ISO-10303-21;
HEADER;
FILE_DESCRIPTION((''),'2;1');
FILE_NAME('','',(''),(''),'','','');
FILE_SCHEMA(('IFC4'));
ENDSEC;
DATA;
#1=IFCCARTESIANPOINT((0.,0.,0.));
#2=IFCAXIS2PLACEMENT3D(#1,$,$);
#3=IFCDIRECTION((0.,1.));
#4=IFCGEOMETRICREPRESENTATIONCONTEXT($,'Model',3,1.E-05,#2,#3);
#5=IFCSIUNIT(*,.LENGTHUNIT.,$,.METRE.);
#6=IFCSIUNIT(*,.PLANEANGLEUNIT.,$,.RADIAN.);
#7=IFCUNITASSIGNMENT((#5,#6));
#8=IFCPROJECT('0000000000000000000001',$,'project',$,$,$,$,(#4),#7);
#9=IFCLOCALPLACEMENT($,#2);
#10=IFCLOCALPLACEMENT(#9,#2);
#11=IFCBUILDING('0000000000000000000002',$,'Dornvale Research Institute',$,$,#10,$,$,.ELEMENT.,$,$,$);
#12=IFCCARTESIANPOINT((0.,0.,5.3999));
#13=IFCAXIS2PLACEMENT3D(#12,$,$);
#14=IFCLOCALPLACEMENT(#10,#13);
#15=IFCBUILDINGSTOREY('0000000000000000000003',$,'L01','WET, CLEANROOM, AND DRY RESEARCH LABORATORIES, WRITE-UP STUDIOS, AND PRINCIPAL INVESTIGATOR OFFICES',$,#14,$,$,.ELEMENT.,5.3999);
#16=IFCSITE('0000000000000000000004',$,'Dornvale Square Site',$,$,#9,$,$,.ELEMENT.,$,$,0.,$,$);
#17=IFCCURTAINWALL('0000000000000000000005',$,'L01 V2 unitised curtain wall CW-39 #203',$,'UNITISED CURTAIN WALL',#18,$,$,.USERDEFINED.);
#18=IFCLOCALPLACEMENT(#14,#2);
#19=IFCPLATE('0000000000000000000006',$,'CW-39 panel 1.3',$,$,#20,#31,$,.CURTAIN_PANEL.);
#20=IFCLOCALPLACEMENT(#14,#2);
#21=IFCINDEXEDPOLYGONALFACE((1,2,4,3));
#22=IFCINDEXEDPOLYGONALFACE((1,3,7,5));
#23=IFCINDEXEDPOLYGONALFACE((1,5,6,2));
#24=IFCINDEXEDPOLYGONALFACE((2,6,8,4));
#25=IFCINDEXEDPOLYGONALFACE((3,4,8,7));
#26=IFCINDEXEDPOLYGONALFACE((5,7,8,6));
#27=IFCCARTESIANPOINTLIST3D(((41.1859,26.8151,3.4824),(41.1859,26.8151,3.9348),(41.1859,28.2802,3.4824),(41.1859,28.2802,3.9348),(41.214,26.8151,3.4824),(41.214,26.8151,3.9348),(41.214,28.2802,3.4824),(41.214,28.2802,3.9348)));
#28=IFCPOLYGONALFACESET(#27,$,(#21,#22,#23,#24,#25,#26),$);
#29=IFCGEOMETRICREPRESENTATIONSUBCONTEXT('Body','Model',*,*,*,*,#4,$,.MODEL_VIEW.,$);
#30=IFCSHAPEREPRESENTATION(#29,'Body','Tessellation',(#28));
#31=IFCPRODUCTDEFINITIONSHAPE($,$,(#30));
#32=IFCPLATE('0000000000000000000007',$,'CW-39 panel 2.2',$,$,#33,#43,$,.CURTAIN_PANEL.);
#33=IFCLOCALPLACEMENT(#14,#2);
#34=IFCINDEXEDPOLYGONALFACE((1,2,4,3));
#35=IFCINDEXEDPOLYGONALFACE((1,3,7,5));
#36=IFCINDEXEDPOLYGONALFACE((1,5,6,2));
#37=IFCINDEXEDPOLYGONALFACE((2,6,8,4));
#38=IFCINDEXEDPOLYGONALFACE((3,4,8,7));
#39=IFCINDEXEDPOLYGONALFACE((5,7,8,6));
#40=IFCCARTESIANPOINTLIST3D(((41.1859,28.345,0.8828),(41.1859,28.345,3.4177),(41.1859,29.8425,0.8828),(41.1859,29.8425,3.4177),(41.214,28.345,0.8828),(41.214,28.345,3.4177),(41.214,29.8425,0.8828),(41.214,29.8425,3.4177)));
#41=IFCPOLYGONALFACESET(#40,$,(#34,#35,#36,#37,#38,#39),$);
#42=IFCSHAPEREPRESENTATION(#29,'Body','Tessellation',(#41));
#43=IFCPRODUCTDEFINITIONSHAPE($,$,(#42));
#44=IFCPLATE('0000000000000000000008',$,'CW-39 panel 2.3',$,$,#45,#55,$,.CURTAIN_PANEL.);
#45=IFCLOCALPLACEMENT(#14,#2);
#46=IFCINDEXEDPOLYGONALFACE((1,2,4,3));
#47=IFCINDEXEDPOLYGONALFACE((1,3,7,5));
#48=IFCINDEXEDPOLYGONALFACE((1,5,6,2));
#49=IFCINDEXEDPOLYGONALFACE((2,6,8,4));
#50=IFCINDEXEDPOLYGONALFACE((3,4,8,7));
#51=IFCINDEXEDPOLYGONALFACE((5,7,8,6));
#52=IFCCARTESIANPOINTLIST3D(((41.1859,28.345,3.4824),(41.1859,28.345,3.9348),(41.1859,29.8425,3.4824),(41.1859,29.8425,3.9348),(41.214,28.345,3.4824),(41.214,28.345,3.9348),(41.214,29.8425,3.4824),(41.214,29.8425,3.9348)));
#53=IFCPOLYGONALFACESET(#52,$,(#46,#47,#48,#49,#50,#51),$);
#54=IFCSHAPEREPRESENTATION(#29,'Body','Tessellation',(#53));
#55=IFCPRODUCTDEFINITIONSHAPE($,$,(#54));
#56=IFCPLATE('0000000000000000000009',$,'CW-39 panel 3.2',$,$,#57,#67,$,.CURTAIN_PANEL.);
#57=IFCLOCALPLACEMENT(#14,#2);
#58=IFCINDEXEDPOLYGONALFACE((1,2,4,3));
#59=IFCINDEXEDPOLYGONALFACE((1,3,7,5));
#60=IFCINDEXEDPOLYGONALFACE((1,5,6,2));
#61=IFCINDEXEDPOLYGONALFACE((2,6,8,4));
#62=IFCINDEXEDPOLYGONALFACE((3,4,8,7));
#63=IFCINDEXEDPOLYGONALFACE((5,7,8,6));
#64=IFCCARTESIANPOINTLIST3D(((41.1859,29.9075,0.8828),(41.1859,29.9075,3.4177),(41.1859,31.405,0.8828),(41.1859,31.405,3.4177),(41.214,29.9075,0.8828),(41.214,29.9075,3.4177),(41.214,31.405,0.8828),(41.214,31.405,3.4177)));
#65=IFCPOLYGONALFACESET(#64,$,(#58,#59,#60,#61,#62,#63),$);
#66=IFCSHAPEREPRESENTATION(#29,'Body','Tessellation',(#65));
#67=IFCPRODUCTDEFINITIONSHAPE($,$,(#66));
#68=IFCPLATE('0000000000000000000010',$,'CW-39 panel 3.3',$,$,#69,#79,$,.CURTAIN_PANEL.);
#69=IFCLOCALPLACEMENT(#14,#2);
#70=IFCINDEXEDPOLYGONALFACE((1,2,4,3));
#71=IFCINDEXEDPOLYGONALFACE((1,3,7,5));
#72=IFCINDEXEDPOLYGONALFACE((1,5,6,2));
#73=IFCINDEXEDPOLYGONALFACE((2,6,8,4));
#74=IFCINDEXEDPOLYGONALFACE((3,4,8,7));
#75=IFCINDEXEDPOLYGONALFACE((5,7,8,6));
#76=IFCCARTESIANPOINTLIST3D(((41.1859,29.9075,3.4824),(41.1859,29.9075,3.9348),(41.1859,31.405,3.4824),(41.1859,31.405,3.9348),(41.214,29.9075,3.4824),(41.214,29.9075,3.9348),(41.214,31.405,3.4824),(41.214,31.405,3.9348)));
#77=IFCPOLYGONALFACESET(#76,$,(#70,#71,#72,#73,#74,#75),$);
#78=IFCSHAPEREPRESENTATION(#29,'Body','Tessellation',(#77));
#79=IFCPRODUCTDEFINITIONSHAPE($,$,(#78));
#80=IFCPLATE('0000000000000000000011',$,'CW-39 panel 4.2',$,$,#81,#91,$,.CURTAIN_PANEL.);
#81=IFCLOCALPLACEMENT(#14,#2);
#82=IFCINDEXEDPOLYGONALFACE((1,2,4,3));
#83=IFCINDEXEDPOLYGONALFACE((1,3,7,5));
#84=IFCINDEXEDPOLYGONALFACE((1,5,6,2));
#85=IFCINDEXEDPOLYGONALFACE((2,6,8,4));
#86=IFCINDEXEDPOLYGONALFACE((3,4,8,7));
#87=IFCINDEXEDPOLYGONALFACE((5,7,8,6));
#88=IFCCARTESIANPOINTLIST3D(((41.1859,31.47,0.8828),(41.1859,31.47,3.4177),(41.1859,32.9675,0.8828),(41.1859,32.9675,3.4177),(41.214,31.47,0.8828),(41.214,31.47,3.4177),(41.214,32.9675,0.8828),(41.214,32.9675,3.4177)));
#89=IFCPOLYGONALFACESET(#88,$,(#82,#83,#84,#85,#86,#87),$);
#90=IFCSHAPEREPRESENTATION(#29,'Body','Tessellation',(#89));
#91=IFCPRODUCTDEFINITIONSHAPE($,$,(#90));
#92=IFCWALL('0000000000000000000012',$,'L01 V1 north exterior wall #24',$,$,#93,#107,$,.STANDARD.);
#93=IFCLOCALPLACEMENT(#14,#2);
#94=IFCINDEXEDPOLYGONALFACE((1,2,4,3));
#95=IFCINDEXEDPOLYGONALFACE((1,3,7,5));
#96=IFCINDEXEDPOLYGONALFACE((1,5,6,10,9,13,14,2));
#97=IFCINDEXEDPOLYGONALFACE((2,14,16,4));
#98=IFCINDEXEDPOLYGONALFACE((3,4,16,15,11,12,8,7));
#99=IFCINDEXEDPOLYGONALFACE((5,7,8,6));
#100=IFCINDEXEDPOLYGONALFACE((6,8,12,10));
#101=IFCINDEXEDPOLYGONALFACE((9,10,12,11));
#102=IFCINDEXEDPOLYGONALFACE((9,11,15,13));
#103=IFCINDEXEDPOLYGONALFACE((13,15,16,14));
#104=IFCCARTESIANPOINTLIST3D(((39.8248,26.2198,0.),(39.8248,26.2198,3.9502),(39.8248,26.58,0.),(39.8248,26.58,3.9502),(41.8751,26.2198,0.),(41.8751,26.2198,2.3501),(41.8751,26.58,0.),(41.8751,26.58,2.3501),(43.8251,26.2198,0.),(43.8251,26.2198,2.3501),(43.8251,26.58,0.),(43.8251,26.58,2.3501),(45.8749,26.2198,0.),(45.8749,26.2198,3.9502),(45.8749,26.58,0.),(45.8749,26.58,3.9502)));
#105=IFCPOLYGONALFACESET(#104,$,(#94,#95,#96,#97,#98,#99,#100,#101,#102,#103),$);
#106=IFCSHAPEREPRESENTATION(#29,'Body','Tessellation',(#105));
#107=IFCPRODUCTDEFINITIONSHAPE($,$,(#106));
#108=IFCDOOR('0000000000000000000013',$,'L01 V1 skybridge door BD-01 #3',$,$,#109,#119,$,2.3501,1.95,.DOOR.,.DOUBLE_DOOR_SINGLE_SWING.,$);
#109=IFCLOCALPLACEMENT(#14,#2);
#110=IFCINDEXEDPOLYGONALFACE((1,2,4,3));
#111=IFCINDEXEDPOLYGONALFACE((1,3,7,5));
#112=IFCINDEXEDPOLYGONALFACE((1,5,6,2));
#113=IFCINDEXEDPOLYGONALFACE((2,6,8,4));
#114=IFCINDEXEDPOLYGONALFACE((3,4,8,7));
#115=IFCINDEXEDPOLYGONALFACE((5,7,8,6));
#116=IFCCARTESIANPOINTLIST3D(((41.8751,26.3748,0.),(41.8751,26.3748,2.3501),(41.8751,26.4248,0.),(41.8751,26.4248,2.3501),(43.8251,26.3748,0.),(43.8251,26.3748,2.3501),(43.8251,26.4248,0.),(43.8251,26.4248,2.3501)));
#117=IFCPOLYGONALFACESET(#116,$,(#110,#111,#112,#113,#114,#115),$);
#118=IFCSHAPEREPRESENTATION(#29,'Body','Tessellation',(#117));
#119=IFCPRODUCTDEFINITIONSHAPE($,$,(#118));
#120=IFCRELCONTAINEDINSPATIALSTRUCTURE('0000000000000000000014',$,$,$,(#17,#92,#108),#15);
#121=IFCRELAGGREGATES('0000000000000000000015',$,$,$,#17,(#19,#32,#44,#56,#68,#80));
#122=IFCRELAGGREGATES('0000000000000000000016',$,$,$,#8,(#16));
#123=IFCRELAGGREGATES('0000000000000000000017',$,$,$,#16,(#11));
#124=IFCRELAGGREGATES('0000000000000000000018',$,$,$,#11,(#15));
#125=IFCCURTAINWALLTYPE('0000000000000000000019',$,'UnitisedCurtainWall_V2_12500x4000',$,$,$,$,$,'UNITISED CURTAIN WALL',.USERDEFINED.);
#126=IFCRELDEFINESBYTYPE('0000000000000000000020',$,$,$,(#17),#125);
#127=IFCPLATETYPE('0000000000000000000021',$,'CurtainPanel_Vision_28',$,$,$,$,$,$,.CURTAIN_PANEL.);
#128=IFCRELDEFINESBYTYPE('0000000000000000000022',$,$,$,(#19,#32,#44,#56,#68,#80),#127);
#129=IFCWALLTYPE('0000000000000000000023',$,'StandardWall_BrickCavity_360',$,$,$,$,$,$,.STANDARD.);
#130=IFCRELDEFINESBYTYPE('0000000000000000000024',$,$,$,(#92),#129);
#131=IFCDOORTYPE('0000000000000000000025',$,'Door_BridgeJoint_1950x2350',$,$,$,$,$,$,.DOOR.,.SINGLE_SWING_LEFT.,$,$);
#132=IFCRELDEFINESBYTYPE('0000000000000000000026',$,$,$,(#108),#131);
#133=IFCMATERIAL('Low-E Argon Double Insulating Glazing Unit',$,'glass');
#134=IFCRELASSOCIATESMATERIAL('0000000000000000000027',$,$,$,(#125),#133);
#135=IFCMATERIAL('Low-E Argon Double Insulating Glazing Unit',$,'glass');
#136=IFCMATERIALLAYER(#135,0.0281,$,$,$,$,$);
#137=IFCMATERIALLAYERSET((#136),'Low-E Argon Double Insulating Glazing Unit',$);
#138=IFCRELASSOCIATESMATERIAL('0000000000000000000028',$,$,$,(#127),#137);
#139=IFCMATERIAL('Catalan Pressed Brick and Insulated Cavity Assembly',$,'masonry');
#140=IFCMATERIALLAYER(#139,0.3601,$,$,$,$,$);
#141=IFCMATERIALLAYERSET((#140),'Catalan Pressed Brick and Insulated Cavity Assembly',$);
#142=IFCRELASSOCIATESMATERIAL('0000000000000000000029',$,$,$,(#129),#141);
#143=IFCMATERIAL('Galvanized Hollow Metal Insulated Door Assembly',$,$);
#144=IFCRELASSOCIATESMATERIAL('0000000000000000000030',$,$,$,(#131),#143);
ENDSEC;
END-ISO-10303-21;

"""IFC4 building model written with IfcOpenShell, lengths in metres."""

from ifc_helpers import new_model, si_unit, direction, frame, frame_2d, origin, origin_2d, place, context, subcontext, project, spatial, rectangle, extrude, material, layer, layer_set, type_object, element, fill, aggregate, save


model = new_model("IFC4")

# Units and contexts
model_context = context("Model", 3, precision=1e-05, world=origin(), true_north=direction((0.0, 1.0)))
body_context = subcontext(model_context, "Body", "Model", "MODEL_VIEW")
ifc_project = project(units=[si_unit("LENGTHUNIT", "METRE"), si_unit("PLANEANGLEUNIT", "RADIAN")], contexts=[model_context])

# Site, building, storey
site_placement = place(None, origin())
site = spatial("IfcSite", under=ifc_project, at=site_placement, Name="Dornvale Square Site", CompositionType="ELEMENT", RefElevation=0.0)
building_placement = place(site_placement, origin())
building = spatial("IfcBuilding", under=site, at=building_placement, Name="Dornvale Research Institute", CompositionType="ELEMENT")
storey_placement = place(building_placement, frame((0.0, 0.0, 5.3999)))
storey = spatial("IfcBuildingStorey", under=building, at=storey_placement, Name="L01", Description="WET, CLEANROOM, AND DRY RESEARCH LABORATORIES, WRITE-UP STUDIOS, AND PRINCIPAL INVESTIGATOR OFFICES", CompositionType="ELEMENT", Elevation=5.3999)

# Curtain wall, plates
ifc_material_1 = material(Name="Low-E Argon Double Insulating Glazing Unit", Category="glass")
curtain_wall_type = type_object("IfcCurtainWallType", Name="UnitisedCurtainWall_V2_12500x4000", ElementType="UNITISED CURTAIN WALL", PredefinedType="USERDEFINED", material=ifc_material_1)
curtain_wall_placement = place(storey_placement, origin())
curtain_wall = element("IfcCurtainWall", 1, at=curtain_wall_placement, inside=storey, type_object=curtain_wall_type, Name="L01 V2 unitised curtain wall CW-39 #203", ObjectType="UNITISED CURTAIN WALL", PredefinedType="USERDEFINED")
ifc_material_2 = material(Name="Low-E Argon Double Insulating Glazing Unit", Category="glass")
ifc_layer_1 = layer(ifc_material_2, 0.0281)
ifc_layer_set_1 = layer_set([ifc_layer_1], Name="Low-E Argon Double Insulating Glazing Unit")
plate_type_1 = type_object("IfcPlateType", Name="CurtainPanel_Vision_28", PredefinedType="CURTAIN_PANEL", material=ifc_layer_set_1)
plate_1_placement = place(storey_placement, frame((41.2, 27.5476, 3.4824), z_axis=(0.0, 0.0, 1.0), x_axis=(0.0, 1.0, 0.0)))
plate_1 = element("IfcPlate", 2, at=plate_1_placement, type_object=plate_type_1, Name="CW-39 panel 1.3", PredefinedType="CURTAIN_PANEL", context=body_context, shape_type="SweptSolid", body=[
    extrude(rectangle(XDim=1.4651, YDim=0.0281, at=origin_2d()), origin(), (0.0, 0.0, 1.0), 0.4524),
])
plate_2_placement = place(storey_placement, frame((41.2, 29.0938, 0.8828), z_axis=(0.0, 0.0, 1.0), x_axis=(0.0, 1.0, 0.0)))
plate_2 = element("IfcPlate", 3, at=plate_2_placement, type_object=plate_type_1, Name="CW-39 panel 2.2", PredefinedType="CURTAIN_PANEL", context=body_context, shape_type="SweptSolid", body=[
    extrude(rectangle(XDim=1.4976, YDim=0.0281, at=origin_2d()), origin(), (0.0, 0.0, 1.0), 2.5349),
])
plate_3_placement = place(storey_placement, frame((41.2, 29.0938, 3.4824), z_axis=(0.0, 0.0, 1.0), x_axis=(0.0, 1.0, 0.0)))
plate_3 = element("IfcPlate", 4, at=plate_3_placement, type_object=plate_type_1, Name="CW-39 panel 2.3", PredefinedType="CURTAIN_PANEL", context=body_context, shape_type="SweptSolid", body=[
    extrude(rectangle(XDim=1.4976, YDim=0.0281, at=origin_2d()), origin(), (0.0, 0.0, 1.0), 0.4524),
])
plate_4_placement = place(storey_placement, frame((41.2, 30.6562, 0.8828), z_axis=(0.0, 0.0, 1.0), x_axis=(0.0, 1.0, 0.0)))
plate_4 = element("IfcPlate", 5, at=plate_4_placement, type_object=plate_type_1, Name="CW-39 panel 3.2", PredefinedType="CURTAIN_PANEL", context=body_context, shape_type="SweptSolid", body=[
    extrude(rectangle(XDim=1.4976, YDim=0.0281, at=origin_2d()), origin(), (0.0, 0.0, 1.0), 2.5349),
])
plate_5_placement = place(storey_placement, frame((41.2, 30.6562, 3.4824), z_axis=(0.0, 0.0, 1.0), x_axis=(0.0, 1.0, 0.0)))
plate_5 = element("IfcPlate", 6, at=plate_5_placement, type_object=plate_type_1, Name="CW-39 panel 3.3", PredefinedType="CURTAIN_PANEL", context=body_context, shape_type="SweptSolid", body=[
    extrude(rectangle(XDim=1.4976, YDim=0.0281, at=origin_2d()), origin(), (0.0, 0.0, 1.0), 0.4524),
])
plate_6_placement = place(storey_placement, frame((41.2, 32.2188, 0.8828), z_axis=(0.0, 0.0, 1.0), x_axis=(0.0, 1.0, 0.0)))
plate_6 = element("IfcPlate", 7, at=plate_6_placement, type_object=plate_type_1, Name="CW-39 panel 4.2", PredefinedType="CURTAIN_PANEL", context=body_context, shape_type="SweptSolid", body=[
    extrude(rectangle(XDim=1.4976, YDim=0.0281, at=origin_2d()), origin(), (0.0, 0.0, 1.0), 2.5349),
])
aggregate(curtain_wall, [plate_1, plate_2, plate_3, plate_4, plate_5, plate_6])

# Wall, opening, door
ifc_material_3 = material(Name="Catalan Pressed Brick and Insulated Cavity Assembly", Category="masonry")
ifc_layer_2 = layer(ifc_material_3, 0.3601)
ifc_layer_set_2 = layer_set([ifc_layer_2], Name="Catalan Pressed Brick and Insulated Cavity Assembly")
wall_type = type_object("IfcWallType", Name="StandardWall_BrickCavity_360", PredefinedType="STANDARD", material=ifc_layer_set_2)
wall_placement = place(storey_placement, frame((39.825, 26.3999, 0.0), z_axis=(0.0, 0.0, 1.0), x_axis=(1.0, 0.0, 0.0)))
wall = element("IfcWall", 8, at=wall_placement, inside=storey, type_object=wall_type, Name="L01 V1 north exterior wall #24", PredefinedType="STANDARD", context=body_context, shape_type="SweptSolid", body=[
    extrude(rectangle(XDim=6.05, YDim=0.3601, at=frame_2d((3.0249, 0.0))), origin(), (0.0, 0.0, 1.0), 3.9502),
])
opening_placement = place(wall_placement, frame((2.05, 0.0, 0.0)))
opening = element("IfcOpeningElement", 9, at=opening_placement, cuts=wall, PredefinedType="OPENING", context=body_context, shape_type="SweptSolid", body=[
    extrude(rectangle(XDim=1.95, YDim=2.3501, at=frame_2d((0.9751, 1.175))), frame((0.0, 0.1951, 0.0), z_axis=(0.0, -1.0, 0.0), x_axis=(1.0, 0.0, 0.0)), (0.0, 0.0, 1.0), 0.3901),
])
ifc_material_4 = material(Name="Galvanized Hollow Metal Insulated Door Assembly")
door_type = type_object("IfcDoorType", Name="Door_BridgeJoint_1950x2350", OperationType="SINGLE_SWING_LEFT", PredefinedType="DOOR", material=ifc_material_4)
door_placement = place(opening_placement, origin())
door = element("IfcDoor", 10, at=door_placement, inside=storey, type_object=door_type, Name="L01 V1 skybridge door BD-01 #3", OperationType="DOUBLE_DOOR_SINGLE_SWING", OverallHeight=2.3501, OverallWidth=1.95, PredefinedType="DOOR", context=body_context, shape_type="SweptSolid", body=[
    extrude(rectangle(XDim=1.95, YDim=2.3501, at=frame_2d((0.9751, 1.175))), frame((0.0, 0.0249, 0.0), z_axis=(0.0, -1.0, 0.0), x_axis=(1.0, 0.0, 0.0)), (0.0, 0.0, 1.0), 0.05),
])
fill(opening, door)

save(model, "model.ifc")
